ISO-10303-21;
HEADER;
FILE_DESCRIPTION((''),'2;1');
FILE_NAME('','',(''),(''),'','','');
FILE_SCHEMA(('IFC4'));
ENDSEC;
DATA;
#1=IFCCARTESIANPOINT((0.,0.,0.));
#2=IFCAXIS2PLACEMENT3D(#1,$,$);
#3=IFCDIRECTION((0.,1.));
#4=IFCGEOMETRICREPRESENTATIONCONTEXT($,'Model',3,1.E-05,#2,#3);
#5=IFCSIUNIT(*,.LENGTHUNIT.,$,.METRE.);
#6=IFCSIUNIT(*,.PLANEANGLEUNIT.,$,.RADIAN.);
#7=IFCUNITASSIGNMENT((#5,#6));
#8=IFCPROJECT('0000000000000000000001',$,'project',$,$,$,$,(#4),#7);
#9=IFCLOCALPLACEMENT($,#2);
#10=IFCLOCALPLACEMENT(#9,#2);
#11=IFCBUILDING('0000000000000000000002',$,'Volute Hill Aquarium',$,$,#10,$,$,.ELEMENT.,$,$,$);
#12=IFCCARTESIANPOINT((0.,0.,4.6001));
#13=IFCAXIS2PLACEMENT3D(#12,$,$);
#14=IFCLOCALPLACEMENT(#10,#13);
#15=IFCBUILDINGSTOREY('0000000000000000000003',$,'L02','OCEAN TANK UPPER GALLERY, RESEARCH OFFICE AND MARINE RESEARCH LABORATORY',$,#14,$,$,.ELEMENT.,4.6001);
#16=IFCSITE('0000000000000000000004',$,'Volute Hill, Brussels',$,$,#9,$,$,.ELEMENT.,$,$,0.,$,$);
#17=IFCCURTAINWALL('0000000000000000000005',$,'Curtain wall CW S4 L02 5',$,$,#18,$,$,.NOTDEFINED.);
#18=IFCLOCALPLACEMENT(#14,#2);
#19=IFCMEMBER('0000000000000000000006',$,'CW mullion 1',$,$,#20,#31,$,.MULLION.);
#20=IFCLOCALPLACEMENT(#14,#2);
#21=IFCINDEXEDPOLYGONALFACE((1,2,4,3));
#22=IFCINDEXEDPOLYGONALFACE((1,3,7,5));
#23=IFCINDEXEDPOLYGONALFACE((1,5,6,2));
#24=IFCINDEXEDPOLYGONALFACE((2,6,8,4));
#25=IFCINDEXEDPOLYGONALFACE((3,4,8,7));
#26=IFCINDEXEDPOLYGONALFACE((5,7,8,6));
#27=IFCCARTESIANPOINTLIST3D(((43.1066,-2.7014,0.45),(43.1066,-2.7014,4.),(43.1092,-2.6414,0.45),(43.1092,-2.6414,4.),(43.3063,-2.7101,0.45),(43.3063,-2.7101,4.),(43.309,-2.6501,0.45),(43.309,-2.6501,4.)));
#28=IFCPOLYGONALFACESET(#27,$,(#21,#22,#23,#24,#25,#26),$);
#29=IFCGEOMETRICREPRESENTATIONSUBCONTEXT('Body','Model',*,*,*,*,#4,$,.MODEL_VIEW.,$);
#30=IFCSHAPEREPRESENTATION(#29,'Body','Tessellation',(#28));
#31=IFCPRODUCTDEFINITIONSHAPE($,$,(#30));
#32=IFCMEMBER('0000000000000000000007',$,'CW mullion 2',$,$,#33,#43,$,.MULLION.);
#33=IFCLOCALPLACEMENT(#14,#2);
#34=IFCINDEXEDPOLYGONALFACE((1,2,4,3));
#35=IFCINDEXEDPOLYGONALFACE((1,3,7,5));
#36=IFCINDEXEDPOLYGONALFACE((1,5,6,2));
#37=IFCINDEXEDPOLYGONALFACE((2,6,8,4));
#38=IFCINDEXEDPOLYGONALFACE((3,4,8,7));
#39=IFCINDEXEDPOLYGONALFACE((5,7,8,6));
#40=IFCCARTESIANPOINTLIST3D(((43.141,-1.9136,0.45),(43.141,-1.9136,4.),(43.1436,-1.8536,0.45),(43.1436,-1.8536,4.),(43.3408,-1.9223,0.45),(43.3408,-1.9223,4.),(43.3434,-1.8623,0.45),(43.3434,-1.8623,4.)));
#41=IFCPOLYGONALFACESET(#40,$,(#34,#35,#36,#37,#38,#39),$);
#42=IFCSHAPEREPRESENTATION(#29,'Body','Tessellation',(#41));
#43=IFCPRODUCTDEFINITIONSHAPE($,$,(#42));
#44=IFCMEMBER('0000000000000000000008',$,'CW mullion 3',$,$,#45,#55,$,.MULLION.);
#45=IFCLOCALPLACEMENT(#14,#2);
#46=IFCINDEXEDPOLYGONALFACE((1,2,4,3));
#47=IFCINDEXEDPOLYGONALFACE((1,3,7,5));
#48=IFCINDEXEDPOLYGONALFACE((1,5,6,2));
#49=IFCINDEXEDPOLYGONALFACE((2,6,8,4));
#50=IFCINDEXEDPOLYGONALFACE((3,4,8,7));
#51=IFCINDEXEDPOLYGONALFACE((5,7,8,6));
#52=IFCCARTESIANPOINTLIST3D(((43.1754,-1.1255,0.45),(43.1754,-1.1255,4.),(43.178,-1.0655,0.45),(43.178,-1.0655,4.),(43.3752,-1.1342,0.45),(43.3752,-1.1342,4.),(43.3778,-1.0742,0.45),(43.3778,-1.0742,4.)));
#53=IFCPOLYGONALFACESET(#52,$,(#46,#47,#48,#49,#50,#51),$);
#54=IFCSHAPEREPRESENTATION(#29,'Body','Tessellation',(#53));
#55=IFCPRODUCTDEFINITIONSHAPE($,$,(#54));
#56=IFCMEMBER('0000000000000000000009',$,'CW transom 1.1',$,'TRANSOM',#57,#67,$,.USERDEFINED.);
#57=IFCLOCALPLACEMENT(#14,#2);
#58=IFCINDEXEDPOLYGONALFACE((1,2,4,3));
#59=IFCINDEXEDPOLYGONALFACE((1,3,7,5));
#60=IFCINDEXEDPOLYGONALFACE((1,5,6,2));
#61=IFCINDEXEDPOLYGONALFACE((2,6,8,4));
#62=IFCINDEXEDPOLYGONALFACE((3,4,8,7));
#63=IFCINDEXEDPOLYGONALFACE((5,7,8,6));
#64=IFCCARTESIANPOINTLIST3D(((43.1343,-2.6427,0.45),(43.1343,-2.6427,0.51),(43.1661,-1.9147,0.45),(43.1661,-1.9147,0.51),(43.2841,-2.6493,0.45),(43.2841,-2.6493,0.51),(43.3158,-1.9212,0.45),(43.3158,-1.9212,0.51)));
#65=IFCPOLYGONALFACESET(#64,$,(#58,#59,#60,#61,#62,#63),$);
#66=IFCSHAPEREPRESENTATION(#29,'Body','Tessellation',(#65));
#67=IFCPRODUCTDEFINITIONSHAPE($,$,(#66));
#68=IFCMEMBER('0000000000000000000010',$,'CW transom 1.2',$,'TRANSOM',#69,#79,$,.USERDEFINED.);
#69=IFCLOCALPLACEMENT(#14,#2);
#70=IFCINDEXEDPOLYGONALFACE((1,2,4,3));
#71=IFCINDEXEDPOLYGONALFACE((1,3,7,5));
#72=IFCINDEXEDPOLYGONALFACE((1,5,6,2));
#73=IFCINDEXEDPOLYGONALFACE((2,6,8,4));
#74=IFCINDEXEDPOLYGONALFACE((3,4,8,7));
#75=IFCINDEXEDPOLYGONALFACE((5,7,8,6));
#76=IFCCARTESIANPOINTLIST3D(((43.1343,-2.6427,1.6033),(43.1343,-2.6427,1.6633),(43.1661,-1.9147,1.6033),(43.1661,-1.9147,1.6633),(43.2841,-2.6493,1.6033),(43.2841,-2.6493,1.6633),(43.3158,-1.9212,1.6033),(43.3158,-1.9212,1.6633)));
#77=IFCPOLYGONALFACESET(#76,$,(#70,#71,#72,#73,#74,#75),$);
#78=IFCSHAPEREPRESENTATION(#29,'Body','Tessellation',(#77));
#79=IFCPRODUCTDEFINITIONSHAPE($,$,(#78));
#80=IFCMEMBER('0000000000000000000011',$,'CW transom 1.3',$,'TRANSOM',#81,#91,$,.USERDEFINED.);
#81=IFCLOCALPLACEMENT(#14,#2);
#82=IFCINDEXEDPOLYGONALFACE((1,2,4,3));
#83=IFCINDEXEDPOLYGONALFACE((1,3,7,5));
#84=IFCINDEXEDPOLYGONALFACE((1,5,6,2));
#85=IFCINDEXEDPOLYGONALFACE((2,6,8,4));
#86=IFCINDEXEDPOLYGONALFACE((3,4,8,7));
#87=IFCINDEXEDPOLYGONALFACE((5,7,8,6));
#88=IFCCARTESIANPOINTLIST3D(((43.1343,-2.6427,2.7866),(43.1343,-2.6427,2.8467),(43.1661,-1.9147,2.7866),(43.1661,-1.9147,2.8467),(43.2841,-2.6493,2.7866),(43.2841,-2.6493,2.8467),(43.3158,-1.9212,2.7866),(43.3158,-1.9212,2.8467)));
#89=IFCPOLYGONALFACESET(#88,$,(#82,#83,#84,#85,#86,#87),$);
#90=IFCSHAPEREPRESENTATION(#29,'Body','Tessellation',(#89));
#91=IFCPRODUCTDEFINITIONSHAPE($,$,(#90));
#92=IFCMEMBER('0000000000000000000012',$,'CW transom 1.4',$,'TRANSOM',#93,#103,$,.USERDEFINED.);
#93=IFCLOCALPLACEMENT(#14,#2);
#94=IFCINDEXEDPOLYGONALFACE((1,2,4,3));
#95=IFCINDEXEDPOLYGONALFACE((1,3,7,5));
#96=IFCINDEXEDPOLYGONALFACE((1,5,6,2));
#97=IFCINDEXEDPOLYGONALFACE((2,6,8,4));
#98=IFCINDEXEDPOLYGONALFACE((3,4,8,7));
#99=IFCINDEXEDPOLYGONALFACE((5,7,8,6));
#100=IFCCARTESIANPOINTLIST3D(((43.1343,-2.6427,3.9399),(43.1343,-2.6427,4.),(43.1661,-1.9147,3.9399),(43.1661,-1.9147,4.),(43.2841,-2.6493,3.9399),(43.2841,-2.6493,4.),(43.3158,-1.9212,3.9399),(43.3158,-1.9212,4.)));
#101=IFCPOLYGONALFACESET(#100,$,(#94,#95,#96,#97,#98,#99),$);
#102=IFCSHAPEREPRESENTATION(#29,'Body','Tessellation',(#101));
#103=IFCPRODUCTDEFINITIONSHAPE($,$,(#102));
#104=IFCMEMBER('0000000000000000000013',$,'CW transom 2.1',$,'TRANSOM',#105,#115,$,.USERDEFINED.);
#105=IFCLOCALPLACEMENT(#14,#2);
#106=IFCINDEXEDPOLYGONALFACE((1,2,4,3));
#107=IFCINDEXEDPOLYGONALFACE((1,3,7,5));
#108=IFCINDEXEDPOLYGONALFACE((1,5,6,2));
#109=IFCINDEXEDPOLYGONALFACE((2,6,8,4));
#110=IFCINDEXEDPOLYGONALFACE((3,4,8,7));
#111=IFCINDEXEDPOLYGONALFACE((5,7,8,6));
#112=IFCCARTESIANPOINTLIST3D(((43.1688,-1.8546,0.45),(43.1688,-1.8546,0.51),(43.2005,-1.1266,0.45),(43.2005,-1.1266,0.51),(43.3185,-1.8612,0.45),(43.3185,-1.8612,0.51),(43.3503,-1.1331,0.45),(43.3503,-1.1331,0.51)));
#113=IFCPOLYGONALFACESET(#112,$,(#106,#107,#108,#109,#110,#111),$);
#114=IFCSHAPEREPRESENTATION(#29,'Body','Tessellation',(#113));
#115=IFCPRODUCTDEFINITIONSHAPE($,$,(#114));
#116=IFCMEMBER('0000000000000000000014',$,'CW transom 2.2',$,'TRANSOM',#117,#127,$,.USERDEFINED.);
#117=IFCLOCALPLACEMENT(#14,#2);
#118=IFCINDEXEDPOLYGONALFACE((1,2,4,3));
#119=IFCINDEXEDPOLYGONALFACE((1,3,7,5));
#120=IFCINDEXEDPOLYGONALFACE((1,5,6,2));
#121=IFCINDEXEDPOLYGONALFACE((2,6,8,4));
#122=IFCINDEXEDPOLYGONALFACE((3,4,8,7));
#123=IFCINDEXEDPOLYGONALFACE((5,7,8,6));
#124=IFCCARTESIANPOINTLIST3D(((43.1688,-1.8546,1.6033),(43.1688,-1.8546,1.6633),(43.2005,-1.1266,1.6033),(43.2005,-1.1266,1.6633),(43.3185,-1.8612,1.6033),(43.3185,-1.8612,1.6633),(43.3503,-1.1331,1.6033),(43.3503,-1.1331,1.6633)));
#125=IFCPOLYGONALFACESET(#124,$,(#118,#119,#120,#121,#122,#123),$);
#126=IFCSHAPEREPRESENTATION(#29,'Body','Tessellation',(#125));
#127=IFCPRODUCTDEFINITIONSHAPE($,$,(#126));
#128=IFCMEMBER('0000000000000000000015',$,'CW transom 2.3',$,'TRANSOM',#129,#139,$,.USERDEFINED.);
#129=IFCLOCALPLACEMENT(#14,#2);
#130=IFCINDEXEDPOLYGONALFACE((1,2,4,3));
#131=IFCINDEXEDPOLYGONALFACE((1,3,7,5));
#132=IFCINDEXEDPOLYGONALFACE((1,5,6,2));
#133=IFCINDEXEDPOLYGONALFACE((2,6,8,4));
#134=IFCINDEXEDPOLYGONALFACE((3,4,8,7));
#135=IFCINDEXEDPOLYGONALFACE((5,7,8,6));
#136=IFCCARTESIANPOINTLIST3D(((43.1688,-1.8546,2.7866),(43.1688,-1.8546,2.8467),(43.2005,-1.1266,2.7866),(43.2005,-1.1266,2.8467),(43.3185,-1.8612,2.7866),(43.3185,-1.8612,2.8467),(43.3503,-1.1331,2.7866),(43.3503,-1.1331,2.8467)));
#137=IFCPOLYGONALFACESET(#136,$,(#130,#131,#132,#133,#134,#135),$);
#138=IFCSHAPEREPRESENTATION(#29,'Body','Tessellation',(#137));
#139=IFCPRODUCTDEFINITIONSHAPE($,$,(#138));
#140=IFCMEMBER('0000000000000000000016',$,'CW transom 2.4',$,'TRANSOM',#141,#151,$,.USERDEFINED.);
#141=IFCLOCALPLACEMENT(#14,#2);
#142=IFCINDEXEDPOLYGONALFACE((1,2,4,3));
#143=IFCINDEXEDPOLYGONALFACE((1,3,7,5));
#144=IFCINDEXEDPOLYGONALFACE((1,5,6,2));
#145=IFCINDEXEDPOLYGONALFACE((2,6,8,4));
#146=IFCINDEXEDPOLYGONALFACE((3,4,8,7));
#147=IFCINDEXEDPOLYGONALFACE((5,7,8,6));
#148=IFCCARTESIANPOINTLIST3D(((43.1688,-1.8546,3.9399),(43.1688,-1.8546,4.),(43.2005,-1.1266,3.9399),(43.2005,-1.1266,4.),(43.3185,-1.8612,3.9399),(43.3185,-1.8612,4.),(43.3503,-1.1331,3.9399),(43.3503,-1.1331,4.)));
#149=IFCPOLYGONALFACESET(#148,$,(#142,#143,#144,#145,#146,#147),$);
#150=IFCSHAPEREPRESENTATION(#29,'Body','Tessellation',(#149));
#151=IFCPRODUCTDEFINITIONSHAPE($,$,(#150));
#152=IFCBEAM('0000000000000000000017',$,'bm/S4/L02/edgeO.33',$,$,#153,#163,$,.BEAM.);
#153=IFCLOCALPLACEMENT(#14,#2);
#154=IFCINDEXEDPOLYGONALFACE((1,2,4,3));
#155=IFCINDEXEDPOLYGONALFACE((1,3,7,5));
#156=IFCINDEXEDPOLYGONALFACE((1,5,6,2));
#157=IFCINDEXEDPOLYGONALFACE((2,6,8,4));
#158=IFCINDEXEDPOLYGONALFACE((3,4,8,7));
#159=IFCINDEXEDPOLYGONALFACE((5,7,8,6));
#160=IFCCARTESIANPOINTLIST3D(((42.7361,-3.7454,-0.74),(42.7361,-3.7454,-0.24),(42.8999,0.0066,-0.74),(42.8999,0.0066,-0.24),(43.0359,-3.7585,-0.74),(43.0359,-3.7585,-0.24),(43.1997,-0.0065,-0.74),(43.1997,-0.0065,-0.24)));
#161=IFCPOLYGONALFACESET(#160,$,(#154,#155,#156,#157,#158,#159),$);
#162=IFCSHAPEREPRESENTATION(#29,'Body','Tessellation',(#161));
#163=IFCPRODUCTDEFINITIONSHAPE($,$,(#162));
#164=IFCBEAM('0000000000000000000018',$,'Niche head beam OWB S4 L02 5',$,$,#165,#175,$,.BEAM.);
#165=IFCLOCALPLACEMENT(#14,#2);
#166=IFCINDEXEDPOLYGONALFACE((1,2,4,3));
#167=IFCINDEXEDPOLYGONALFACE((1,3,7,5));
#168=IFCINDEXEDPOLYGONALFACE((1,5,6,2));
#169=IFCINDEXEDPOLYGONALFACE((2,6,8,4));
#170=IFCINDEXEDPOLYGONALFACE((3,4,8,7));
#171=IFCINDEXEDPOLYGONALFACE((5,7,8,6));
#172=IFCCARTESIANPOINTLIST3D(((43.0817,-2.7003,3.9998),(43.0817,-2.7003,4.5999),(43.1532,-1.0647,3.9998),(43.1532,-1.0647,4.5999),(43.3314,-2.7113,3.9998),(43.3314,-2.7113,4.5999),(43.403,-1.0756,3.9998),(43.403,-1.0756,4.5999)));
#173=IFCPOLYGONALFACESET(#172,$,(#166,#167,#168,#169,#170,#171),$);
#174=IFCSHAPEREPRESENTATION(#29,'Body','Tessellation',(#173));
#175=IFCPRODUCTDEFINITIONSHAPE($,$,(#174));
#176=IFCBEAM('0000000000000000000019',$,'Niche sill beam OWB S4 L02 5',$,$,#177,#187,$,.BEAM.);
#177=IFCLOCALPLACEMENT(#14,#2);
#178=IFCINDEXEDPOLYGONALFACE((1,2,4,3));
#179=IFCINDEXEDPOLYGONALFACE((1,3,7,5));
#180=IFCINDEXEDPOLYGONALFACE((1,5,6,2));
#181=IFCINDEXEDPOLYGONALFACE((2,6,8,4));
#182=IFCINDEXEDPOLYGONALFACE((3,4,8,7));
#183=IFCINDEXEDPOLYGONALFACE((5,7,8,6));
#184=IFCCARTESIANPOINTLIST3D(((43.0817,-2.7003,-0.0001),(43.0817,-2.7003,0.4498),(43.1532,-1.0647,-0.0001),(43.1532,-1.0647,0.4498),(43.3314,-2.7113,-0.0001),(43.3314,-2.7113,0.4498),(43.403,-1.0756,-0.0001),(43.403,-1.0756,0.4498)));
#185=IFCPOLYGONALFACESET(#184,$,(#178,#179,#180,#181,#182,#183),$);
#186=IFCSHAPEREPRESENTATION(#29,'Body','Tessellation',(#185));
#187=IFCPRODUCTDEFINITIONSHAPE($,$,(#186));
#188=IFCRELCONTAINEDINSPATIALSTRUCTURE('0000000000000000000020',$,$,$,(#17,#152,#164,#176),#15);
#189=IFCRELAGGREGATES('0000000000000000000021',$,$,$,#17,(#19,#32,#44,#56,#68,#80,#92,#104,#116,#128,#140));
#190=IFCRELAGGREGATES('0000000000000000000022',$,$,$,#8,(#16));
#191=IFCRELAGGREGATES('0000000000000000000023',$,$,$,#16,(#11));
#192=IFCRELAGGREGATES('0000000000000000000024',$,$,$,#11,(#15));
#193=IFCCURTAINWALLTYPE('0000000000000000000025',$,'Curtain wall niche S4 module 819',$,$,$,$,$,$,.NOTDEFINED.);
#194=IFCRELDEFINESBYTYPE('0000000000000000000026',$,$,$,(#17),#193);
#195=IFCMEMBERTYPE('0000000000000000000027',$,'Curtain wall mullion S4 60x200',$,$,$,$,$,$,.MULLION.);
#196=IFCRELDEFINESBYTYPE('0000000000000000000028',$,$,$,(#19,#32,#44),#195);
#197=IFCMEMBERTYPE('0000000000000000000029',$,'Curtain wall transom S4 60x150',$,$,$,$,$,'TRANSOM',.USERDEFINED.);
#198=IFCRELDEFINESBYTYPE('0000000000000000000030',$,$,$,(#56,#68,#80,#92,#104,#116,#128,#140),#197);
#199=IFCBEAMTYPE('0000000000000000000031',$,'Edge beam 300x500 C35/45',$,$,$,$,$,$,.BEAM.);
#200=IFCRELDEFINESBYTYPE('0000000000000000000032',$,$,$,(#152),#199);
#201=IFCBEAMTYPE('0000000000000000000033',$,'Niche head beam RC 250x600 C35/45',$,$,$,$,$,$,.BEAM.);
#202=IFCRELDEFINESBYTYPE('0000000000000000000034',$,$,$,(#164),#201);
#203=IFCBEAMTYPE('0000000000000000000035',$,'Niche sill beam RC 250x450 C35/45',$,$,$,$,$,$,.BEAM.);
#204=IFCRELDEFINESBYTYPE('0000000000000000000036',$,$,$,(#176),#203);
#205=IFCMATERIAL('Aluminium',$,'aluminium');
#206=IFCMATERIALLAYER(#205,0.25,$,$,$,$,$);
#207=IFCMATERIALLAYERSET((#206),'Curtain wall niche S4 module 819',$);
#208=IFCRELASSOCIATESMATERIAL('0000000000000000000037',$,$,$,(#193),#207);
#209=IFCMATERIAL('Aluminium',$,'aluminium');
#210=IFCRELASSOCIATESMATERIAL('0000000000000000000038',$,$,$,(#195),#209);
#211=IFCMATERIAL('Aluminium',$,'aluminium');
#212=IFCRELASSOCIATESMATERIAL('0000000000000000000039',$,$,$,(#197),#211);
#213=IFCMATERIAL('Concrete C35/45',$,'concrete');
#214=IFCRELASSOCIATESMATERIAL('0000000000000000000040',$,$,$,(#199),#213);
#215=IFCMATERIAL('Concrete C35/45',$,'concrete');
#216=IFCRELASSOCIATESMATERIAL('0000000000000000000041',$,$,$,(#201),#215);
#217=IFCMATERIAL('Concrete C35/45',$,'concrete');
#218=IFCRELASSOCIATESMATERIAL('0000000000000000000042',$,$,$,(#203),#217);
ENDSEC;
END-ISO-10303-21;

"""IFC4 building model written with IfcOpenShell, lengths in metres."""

from ifc_helpers import new_model, si_unit, direction, frame, origin, origin_2d, place, context, subcontext, project, spatial, rectangle, extrude, material, layer, layer_set, material_profile, profile_set, type_object, element, aggregate, save


model = new_model("IFC4")

# Units and contexts
model_context = context("Model", 3, precision=1e-05, world=origin(), true_north=direction((0.0, 1.0)))
body_context = subcontext(model_context, "Body", "Model", "MODEL_VIEW")
ifc_project = project(units=[si_unit("LENGTHUNIT", "METRE"), si_unit("PLANEANGLEUNIT", "RADIAN")], contexts=[model_context])

# Site, building, storey
site_placement = place(None, origin())
site = spatial("IfcSite", under=ifc_project, at=site_placement, Name="Volute Hill, Brussels", CompositionType="ELEMENT", RefElevation=0.0)
building_placement = place(site_placement, origin())
building = spatial("IfcBuilding", under=site, at=building_placement, Name="Volute Hill Aquarium", CompositionType="ELEMENT")
storey_placement = place(building_placement, frame((0.0, 0.0, 4.6001)))
storey = spatial("IfcBuildingStorey", under=building, at=storey_placement, Name="L02", Description="OCEAN TANK UPPER GALLERY, RESEARCH OFFICE AND MARINE RESEARCH LABORATORY", CompositionType="ELEMENT", Elevation=4.6001)

# Curtain wall, members
ifc_material_1 = material(Name="Aluminium", Category="aluminium")
ifc_layer_1 = layer(ifc_material_1, 0.25)
ifc_layer_set_1 = layer_set([ifc_layer_1], Name="Curtain wall niche S4 module 819")
curtain_wall_type = type_object("IfcCurtainWallType", Name="Curtain wall niche S4 module 819", PredefinedType="NOTDEFINED", material=ifc_layer_set_1)
curtain_wall_placement = place(storey_placement, origin())
curtain_wall = element("IfcCurtainWall", 1, at=curtain_wall_placement, inside=storey, type_object=curtain_wall_type, Name="Curtain wall CW S4 L02 5", PredefinedType="NOTDEFINED")
ifc_material_2 = material(Name="Aluminium", Category="aluminium")
ifc_material_profile_1 = material_profile(ifc_material_2, rectangle(XDim=0.2, YDim=0.0601, at=origin_2d()), Name="Curtain wall mullion S4 60x200")
ifc_profile_set_1 = profile_set([ifc_material_profile_1], Name="Aluminium")
member_type_1 = type_object("IfcMemberType", Name="Curtain wall mullion S4 60x200", PredefinedType="MULLION", material=ifc_profile_set_1)
member_1_placement = place(storey_placement, frame((43.2078, -2.6758, 0.45), z_axis=(0.0, 0.0, 1.0), x_axis=(-0.999048, 0.043617, 0.0)))
member_1 = element("IfcMember", 2, at=member_1_placement, type_object=member_type_1, Name="CW mullion 1", PredefinedType="MULLION", context=body_context, shape_type="SweptSolid", body=[
    extrude(rectangle(XDim=0.2, YDim=0.0601, at=origin_2d()), origin(), (0.0, 0.0, 1.0), 3.55),
])
member_2_placement = place(storey_placement, frame((43.2422, -1.8879, 0.45), z_axis=(0.0, 0.0, 1.0), x_axis=(-0.999048, 0.043617, 0.0)))
member_2 = element("IfcMember", 3, at=member_2_placement, type_object=member_type_1, Name="CW mullion 2", PredefinedType="MULLION", context=body_context, shape_type="SweptSolid", body=[
    extrude(rectangle(XDim=0.2, YDim=0.0601, at=origin_2d()), origin(), (0.0, 0.0, 1.0), 3.55),
])
member_3_placement = place(storey_placement, frame((43.2766, -1.0999, 0.45), z_axis=(0.0, 0.0, 1.0), x_axis=(-0.999048, 0.043617, 0.0)))
member_3 = element("IfcMember", 4, at=member_3_placement, type_object=member_type_1, Name="CW mullion 3", PredefinedType="MULLION", context=body_context, shape_type="SweptSolid", body=[
    extrude(rectangle(XDim=0.2, YDim=0.0601, at=origin_2d()), origin(), (0.0, 0.0, 1.0), 3.55),
])
ifc_material_3 = material(Name="Aluminium", Category="aluminium")
ifc_material_profile_2 = material_profile(ifc_material_3, rectangle(XDim=0.1499, YDim=0.0601, at=origin_2d()), Name="Curtain wall transom S4 60x150")
ifc_profile_set_2 = profile_set([ifc_material_profile_2], Name="Aluminium")
member_type_2 = type_object("IfcMemberType", Name="Curtain wall transom S4 60x150", ElementType="TRANSOM", PredefinedType="USERDEFINED", material=ifc_profile_set_2)
member_4_placement = place(storey_placement, frame((43.2092, -2.646, 0.48), z_axis=(0.043554, 0.999051, 0.0), x_axis=(-0.999051, 0.043554, 0.0)))
member_4 = element("IfcMember", 5, at=member_4_placement, type_object=member_type_2, Name="CW transom 1.1", ObjectType="TRANSOM", PredefinedType="USERDEFINED", context=body_context, shape_type="SweptSolid", body=[
    extrude(rectangle(XDim=0.1499, YDim=0.0601, at=origin_2d()), origin(), (0.0, 0.0, 1.0), 0.7288),
])
member_5_placement = place(storey_placement, frame((43.2092, -2.646, 1.6333), z_axis=(0.043554, 0.999051, 0.0), x_axis=(-0.999051, 0.043554, 0.0)))
member_5 = element("IfcMember", 6, at=member_5_placement, type_object=member_type_2, Name="CW transom 1.2", ObjectType="TRANSOM", PredefinedType="USERDEFINED", context=body_context, shape_type="SweptSolid", body=[
    extrude(rectangle(XDim=0.1499, YDim=0.0601, at=origin_2d()), origin(), (0.0, 0.0, 1.0), 0.7288),
])
member_6_placement = place(storey_placement, frame((43.2092, -2.646, 2.8167), z_axis=(0.043554, 0.999051, 0.0), x_axis=(-0.999051, 0.043554, 0.0)))
member_6 = element("IfcMember", 7, at=member_6_placement, type_object=member_type_2, Name="CW transom 1.3", ObjectType="TRANSOM", PredefinedType="USERDEFINED", context=body_context, shape_type="SweptSolid", body=[
    extrude(rectangle(XDim=0.1499, YDim=0.0601, at=origin_2d()), origin(), (0.0, 0.0, 1.0), 0.7288),
])
member_7_placement = place(storey_placement, frame((43.2092, -2.646, 3.97), z_axis=(0.043554, 0.999051, 0.0), x_axis=(-0.999051, 0.043554, 0.0)))
member_7 = element("IfcMember", 8, at=member_7_placement, type_object=member_type_2, Name="CW transom 1.4", ObjectType="TRANSOM", PredefinedType="USERDEFINED", context=body_context, shape_type="SweptSolid", body=[
    extrude(rectangle(XDim=0.1499, YDim=0.0601, at=origin_2d()), origin(), (0.0, 0.0, 1.0), 0.7288),
])
member_8_placement = place(storey_placement, frame((43.2437, -1.8579, 0.48), z_axis=(0.043554, 0.999051, 0.0), x_axis=(-0.999051, 0.043554, 0.0)))
member_8 = element("IfcMember", 9, at=member_8_placement, type_object=member_type_2, Name="CW transom 2.1", ObjectType="TRANSOM", PredefinedType="USERDEFINED", context=body_context, shape_type="SweptSolid", body=[
    extrude(rectangle(XDim=0.1499, YDim=0.0601, at=origin_2d()), origin(), (0.0, 0.0, 1.0), 0.7288),
])
member_9_placement = place(storey_placement, frame((43.2437, -1.8579, 1.6333), z_axis=(0.043554, 0.999051, 0.0), x_axis=(-0.999051, 0.043554, 0.0)))
member_9 = element("IfcMember", 10, at=member_9_placement, type_object=member_type_2, Name="CW transom 2.2", ObjectType="TRANSOM", PredefinedType="USERDEFINED", context=body_context, shape_type="SweptSolid", body=[
    extrude(rectangle(XDim=0.1499, YDim=0.0601, at=origin_2d()), origin(), (0.0, 0.0, 1.0), 0.7288),
])
member_10_placement = place(storey_placement, frame((43.2437, -1.8579, 2.8167), z_axis=(0.043554, 0.999051, 0.0), x_axis=(-0.999051, 0.043554, 0.0)))
member_10 = element("IfcMember", 11, at=member_10_placement, type_object=member_type_2, Name="CW transom 2.3", ObjectType="TRANSOM", PredefinedType="USERDEFINED", context=body_context, shape_type="SweptSolid", body=[
    extrude(rectangle(XDim=0.1499, YDim=0.0601, at=origin_2d()), origin(), (0.0, 0.0, 1.0), 0.7288),
])
member_11_placement = place(storey_placement, frame((43.2437, -1.8579, 3.97), z_axis=(0.043554, 0.999051, 0.0), x_axis=(-0.999051, 0.043554, 0.0)))
member_11 = element("IfcMember", 12, at=member_11_placement, type_object=member_type_2, Name="CW transom 2.4", ObjectType="TRANSOM", PredefinedType="USERDEFINED", context=body_context, shape_type="SweptSolid", body=[
    extrude(rectangle(XDim=0.1499, YDim=0.0601, at=origin_2d()), origin(), (0.0, 0.0, 1.0), 0.7288),
])

# Beams
ifc_material_4 = material(Name="Concrete C35/45", Category="concrete")
ifc_material_profile_3 = material_profile(ifc_material_4, rectangle(XDim=0.3, YDim=0.5, at=origin_2d()), Name="RC edge beam 300x500")
ifc_profile_set_3 = profile_set([ifc_material_profile_3], Name="Concrete C35/45")
beam_type_1 = type_object("IfcBeamType", Name="Edge beam 300x500 C35/45", PredefinedType="BEAM", material=ifc_profile_set_3)
beam_1_placement = place(storey_placement, frame((42.886, -3.752, -0.49), z_axis=(0.043621, 0.999048, 0.0), x_axis=(-0.999048, 0.043621, 0.0)))
element("IfcBeam", 13, at=beam_1_placement, inside=storey, type_object=beam_type_1, Name="bm/S4/L02/edgeO.33", PredefinedType="BEAM", context=body_context, shape_type="SweptSolid", body=[
    extrude(rectangle(XDim=0.3, YDim=0.5, at=origin_2d()), origin(), (0.0, 0.0, 1.0), 3.7556),
])
ifc_material_5 = material(Name="Concrete C35/45", Category="concrete")
ifc_material_profile_4 = material_profile(ifc_material_5, rectangle(XDim=0.25, YDim=0.6001, at=origin_2d()), Name="RC beam 250x600")
ifc_profile_set_4 = profile_set([ifc_material_profile_4], Name="Concrete C35/45")
beam_type_2 = type_object("IfcBeamType", Name="Niche head beam RC 250x600 C35/45", PredefinedType="BEAM", material=ifc_profile_set_4)
beam_2_placement = place(storey_placement, frame((43.2065, -2.7058, 4.2998), z_axis=(0.04369, 0.999045, 0.0), x_axis=(-0.999045, 0.04369, 0.0)))
element("IfcBeam", 14, at=beam_2_placement, inside=storey, type_object=beam_type_2, Name="Niche head beam OWB S4 L02 5", PredefinedType="BEAM", context=body_context, shape_type="SweptSolid", body=[
    extrude(rectangle(XDim=0.25, YDim=0.6001, at=origin_2d()), origin(), (0.0, 0.0, 1.0), 1.6372),
])
ifc_material_6 = material(Name="Concrete C35/45", Category="concrete")
ifc_material_profile_5 = material_profile(ifc_material_6, rectangle(XDim=0.25, YDim=0.45, at=origin_2d()), Name="RC beam 250x450")
ifc_profile_set_5 = profile_set([ifc_material_profile_5], Name="Concrete C35/45")
beam_type_3 = type_object("IfcBeamType", Name="Niche sill beam RC 250x450 C35/45", PredefinedType="BEAM", material=ifc_profile_set_5)
beam_3_placement = place(storey_placement, frame((43.2065, -2.7058, 0.2249), z_axis=(0.04369, 0.999045, 0.0), x_axis=(-0.999045, 0.04369, 0.0)))
element("IfcBeam", 15, at=beam_3_placement, inside=storey, type_object=beam_type_3, Name="Niche sill beam OWB S4 L02 5", PredefinedType="BEAM", context=body_context, shape_type="SweptSolid", body=[
    extrude(rectangle(XDim=0.25, YDim=0.45, at=origin_2d()), origin(), (0.0, 0.0, 1.0), 1.6372),
])

aggregate(curtain_wall, [member_1, member_2, member_3, member_4, member_5, member_6, member_7, member_8, member_9, member_10, member_11])

save(model, "model.ifc")
